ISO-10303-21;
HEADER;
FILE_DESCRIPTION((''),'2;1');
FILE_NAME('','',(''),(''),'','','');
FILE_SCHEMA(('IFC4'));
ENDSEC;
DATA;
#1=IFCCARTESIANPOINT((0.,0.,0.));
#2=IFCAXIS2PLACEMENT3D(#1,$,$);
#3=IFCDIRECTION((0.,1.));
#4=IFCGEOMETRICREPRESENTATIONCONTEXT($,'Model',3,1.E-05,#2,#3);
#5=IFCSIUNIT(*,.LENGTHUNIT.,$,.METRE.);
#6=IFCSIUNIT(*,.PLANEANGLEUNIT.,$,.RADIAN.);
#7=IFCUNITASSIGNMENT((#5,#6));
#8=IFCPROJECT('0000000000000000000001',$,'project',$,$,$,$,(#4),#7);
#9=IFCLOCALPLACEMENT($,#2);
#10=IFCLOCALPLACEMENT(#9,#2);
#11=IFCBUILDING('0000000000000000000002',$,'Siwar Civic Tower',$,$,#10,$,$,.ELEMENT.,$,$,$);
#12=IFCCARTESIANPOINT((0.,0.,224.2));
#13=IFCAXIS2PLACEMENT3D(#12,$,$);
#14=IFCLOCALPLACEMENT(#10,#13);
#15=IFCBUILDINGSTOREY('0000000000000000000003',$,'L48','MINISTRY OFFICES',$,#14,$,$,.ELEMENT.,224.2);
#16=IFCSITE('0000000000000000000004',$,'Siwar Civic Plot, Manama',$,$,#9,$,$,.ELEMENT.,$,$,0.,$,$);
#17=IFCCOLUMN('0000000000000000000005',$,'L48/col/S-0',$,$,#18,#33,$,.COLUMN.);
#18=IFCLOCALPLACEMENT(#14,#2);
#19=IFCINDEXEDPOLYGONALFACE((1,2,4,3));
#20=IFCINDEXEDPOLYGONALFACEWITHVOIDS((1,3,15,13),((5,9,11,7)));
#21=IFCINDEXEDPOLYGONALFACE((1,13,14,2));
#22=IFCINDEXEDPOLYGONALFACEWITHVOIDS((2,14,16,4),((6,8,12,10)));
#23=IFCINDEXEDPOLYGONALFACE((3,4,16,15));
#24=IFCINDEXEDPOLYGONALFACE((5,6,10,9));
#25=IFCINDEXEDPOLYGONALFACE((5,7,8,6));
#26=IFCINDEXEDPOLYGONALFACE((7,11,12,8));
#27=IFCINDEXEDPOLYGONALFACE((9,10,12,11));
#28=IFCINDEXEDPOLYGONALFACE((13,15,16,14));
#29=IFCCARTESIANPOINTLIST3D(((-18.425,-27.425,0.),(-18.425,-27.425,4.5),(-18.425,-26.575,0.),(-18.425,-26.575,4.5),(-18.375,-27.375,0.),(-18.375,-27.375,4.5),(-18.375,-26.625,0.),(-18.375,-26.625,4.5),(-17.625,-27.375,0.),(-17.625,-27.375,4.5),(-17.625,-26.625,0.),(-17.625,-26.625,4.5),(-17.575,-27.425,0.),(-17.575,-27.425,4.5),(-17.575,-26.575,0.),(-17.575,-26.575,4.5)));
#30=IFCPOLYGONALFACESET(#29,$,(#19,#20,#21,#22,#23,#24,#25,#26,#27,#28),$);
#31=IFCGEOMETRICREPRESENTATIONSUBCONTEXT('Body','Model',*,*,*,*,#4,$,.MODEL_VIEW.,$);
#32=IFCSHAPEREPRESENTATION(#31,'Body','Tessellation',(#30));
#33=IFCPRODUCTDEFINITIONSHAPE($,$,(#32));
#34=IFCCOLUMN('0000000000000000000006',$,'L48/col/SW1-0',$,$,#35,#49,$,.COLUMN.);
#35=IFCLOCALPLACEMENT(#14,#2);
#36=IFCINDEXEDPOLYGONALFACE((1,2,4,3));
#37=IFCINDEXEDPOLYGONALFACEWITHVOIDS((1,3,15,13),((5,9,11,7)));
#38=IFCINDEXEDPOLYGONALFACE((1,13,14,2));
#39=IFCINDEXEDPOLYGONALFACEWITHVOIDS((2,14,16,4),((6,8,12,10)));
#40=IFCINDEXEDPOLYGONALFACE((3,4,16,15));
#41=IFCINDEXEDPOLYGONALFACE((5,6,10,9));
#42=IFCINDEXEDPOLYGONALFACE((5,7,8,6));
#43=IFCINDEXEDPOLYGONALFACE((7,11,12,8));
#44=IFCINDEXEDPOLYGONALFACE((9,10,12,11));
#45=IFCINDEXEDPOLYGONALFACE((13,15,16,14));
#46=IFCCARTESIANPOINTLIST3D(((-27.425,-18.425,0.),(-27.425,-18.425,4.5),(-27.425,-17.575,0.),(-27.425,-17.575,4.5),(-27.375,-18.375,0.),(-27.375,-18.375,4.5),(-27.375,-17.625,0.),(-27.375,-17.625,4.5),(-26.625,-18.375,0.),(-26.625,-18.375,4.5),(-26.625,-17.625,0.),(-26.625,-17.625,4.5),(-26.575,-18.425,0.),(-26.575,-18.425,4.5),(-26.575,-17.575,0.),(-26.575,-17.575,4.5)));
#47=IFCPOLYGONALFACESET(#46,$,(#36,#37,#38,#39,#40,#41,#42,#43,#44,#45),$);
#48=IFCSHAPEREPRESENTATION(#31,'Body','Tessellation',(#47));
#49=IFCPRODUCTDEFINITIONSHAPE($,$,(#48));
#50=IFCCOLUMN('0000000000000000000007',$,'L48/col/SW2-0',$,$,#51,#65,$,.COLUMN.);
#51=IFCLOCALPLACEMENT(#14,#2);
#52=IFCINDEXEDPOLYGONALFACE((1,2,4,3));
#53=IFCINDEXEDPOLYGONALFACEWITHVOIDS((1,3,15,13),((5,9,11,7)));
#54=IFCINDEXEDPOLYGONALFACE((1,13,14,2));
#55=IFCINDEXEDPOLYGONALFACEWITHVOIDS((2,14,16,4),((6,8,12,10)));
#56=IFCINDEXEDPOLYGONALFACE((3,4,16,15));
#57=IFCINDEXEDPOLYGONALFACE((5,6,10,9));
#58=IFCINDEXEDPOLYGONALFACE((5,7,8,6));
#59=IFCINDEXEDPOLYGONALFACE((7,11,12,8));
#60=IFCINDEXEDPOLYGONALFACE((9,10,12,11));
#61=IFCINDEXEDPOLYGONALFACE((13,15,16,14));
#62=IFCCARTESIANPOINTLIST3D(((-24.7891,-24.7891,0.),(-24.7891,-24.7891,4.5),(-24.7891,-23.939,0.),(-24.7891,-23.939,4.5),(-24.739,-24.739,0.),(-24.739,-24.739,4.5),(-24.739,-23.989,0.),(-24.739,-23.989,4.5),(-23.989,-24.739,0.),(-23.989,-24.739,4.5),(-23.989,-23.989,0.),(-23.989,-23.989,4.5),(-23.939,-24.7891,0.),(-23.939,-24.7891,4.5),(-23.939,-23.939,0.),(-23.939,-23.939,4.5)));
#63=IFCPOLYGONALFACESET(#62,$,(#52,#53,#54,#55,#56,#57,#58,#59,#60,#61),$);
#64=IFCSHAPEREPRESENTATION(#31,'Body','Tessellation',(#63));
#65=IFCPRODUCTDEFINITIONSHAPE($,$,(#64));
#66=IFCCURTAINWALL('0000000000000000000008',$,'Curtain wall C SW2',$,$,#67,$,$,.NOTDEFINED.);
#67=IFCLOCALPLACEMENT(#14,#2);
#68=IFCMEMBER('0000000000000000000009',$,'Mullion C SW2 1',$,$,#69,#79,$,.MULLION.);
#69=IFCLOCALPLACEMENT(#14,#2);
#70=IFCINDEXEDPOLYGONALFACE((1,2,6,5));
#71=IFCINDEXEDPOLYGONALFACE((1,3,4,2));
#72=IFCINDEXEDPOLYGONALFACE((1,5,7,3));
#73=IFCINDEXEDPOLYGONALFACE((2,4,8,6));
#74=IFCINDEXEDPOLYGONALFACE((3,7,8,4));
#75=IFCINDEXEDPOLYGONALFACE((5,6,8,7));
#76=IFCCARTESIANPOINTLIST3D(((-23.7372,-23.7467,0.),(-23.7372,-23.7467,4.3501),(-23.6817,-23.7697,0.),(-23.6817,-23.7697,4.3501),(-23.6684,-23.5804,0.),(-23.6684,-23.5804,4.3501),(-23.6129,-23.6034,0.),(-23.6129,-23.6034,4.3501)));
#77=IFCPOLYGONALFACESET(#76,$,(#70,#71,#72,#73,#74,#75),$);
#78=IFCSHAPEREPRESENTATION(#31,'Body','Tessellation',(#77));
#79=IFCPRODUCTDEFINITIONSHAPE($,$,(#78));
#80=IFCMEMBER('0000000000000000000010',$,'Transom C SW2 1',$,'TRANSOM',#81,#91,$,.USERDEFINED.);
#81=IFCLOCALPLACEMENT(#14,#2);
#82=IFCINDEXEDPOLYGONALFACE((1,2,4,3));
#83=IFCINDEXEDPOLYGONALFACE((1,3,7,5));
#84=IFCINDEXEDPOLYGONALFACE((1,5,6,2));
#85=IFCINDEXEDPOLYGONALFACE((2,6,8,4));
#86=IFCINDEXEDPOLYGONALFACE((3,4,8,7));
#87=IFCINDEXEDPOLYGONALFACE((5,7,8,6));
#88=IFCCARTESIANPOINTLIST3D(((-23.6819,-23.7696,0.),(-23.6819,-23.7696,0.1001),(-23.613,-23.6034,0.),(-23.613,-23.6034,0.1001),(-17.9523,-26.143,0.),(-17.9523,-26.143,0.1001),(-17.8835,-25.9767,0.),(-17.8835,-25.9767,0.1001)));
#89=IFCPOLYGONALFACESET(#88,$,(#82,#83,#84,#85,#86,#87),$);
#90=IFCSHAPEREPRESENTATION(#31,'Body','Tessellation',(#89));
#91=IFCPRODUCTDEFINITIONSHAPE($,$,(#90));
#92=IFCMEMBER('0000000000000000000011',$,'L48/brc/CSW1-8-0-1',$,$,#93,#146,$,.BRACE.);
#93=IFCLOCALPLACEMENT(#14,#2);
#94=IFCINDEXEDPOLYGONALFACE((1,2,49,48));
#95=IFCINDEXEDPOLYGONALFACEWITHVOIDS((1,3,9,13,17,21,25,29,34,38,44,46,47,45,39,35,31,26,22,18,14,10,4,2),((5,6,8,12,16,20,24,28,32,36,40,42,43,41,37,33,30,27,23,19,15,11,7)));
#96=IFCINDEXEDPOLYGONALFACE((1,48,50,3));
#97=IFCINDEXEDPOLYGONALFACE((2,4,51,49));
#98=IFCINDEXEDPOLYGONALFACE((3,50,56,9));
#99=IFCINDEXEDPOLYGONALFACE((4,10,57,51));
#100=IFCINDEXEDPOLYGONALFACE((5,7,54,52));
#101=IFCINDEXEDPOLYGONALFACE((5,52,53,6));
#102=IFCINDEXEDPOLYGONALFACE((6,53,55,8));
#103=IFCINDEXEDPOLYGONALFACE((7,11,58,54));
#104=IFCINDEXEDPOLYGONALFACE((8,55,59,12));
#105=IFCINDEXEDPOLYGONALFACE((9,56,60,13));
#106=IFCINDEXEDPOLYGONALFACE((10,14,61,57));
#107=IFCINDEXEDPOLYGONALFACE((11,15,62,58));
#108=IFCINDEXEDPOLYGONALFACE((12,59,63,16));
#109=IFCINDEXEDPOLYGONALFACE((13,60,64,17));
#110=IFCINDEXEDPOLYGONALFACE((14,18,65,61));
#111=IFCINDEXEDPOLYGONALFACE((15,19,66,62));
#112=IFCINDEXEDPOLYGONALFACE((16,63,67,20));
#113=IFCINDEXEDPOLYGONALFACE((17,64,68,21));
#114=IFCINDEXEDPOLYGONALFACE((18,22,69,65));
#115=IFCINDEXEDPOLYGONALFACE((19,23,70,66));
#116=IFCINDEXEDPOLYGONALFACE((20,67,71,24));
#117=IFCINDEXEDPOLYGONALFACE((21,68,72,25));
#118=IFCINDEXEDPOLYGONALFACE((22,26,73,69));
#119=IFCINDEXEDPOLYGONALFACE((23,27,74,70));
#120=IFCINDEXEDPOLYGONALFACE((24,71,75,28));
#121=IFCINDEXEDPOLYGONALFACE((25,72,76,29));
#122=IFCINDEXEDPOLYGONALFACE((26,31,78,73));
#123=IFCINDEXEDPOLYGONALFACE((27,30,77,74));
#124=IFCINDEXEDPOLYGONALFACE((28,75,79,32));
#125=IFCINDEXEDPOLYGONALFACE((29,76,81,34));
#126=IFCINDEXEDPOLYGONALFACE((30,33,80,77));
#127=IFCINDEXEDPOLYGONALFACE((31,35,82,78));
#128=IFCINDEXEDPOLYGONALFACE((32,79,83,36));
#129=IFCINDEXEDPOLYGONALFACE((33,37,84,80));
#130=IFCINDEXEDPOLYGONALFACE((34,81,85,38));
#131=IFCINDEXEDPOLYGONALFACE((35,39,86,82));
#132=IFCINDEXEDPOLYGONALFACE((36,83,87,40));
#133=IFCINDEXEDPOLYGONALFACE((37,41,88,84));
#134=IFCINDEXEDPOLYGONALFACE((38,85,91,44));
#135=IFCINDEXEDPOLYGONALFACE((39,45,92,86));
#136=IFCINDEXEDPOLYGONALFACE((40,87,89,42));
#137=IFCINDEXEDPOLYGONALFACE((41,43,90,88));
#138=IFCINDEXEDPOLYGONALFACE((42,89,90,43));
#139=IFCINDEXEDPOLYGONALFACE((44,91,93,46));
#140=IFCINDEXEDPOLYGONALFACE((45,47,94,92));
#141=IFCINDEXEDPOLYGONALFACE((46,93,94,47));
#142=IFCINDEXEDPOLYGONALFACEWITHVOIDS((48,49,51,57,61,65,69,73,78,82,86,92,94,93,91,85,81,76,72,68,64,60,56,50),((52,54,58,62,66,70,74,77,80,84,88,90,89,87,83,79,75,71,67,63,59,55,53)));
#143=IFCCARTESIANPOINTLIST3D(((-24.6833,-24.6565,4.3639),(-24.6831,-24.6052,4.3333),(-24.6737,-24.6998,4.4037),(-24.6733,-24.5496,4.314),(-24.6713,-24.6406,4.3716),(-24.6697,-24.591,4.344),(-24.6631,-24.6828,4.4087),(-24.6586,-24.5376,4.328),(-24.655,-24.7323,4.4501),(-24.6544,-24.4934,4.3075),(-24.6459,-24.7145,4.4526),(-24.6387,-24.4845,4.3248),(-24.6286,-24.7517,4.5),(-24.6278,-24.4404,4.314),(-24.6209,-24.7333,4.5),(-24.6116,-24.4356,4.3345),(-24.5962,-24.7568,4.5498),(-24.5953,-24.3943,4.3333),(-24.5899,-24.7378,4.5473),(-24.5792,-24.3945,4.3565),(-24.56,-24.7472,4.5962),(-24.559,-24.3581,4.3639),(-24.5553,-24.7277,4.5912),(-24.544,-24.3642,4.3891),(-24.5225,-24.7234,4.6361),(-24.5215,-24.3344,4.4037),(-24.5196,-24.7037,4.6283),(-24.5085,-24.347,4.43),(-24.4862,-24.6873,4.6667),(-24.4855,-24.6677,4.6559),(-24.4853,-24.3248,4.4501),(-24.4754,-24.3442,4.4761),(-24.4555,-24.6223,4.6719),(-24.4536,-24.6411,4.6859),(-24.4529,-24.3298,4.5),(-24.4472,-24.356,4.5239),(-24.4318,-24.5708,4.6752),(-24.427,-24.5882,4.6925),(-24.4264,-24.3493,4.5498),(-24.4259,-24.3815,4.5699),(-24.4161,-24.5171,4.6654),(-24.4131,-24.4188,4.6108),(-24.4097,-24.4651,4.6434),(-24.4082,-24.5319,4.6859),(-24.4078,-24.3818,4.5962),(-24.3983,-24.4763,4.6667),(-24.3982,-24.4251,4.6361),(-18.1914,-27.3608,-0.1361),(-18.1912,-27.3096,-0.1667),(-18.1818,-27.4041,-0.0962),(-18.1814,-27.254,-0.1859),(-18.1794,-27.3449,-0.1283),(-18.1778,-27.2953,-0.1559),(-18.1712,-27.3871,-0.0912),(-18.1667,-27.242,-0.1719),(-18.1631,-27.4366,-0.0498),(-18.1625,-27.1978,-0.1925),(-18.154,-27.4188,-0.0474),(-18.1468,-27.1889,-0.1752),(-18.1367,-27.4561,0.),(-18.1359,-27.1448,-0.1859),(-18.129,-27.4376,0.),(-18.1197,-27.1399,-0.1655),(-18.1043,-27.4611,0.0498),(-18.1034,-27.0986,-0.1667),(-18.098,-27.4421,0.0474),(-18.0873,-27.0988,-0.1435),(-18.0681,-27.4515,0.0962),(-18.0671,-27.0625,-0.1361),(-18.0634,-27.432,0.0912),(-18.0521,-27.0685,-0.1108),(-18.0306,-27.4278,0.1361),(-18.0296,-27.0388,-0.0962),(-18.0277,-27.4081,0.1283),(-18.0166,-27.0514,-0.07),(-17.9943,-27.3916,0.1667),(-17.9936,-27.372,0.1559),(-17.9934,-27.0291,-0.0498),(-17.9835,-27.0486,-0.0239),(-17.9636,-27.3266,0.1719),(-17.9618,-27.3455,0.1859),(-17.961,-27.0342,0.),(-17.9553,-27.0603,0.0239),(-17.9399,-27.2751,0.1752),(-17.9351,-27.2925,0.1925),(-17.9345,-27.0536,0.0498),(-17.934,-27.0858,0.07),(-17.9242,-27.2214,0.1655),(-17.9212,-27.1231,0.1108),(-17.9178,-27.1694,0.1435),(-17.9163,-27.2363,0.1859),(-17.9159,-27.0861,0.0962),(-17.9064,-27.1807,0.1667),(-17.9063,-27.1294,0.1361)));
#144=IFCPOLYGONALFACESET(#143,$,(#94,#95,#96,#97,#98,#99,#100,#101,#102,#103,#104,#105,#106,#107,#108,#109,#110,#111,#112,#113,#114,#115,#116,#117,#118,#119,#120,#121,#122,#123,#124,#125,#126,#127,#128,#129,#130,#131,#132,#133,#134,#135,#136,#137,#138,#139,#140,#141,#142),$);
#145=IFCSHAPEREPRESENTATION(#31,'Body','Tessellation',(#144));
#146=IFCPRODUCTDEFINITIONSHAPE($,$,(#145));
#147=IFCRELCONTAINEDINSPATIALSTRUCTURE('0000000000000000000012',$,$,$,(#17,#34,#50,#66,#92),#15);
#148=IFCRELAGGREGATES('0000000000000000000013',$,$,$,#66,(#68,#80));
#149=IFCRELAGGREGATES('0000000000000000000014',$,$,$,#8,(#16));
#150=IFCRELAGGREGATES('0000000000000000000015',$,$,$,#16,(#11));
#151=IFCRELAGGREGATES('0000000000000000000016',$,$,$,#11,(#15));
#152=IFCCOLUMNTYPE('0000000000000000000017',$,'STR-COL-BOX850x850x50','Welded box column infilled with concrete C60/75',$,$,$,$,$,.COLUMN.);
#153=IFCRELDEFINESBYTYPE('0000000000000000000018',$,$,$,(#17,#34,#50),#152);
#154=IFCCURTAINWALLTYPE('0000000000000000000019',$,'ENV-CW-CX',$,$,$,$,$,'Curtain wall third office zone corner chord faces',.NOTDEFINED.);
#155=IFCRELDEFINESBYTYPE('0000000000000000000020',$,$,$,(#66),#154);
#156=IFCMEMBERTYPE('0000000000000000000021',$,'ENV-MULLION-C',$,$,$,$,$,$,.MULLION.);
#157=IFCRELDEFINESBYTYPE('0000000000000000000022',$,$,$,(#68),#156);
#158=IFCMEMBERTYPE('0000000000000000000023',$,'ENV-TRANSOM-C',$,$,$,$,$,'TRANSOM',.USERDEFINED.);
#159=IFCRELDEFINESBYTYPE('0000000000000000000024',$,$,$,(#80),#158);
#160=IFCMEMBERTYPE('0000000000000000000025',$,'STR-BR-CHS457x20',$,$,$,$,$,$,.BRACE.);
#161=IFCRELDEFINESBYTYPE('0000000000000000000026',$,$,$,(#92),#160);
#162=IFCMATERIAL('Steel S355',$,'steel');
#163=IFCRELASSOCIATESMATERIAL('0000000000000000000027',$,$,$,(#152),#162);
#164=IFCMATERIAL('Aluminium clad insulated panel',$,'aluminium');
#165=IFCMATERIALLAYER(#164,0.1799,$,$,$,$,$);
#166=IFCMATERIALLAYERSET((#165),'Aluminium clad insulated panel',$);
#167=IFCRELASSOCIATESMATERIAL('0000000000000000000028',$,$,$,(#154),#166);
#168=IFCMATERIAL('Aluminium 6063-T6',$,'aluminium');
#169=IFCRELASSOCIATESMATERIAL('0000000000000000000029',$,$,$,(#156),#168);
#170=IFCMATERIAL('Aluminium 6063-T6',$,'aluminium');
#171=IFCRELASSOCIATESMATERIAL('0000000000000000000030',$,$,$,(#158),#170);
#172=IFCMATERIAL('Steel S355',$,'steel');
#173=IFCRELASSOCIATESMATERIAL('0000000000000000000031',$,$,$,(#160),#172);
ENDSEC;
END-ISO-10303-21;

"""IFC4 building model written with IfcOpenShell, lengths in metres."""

from ifc_helpers import new_model, si_unit, direction, frame, origin, origin_2d, place, context, subcontext, project, spatial, rectangle, hollow_rectangle, hollow_circle, extrude, material, layer, layer_set, material_profile, profile_set, type_object, element, aggregate, save


model = new_model("IFC4")

# Units and contexts
model_context = context("Model", 3, precision=1e-05, world=origin(), true_north=direction((0.0, 1.0)))
body_context = subcontext(model_context, "Body", "Model", "MODEL_VIEW")
ifc_project = project(units=[si_unit("LENGTHUNIT", "METRE"), si_unit("PLANEANGLEUNIT", "RADIAN")], contexts=[model_context])

# Site, building, storey
site_placement = place(None, origin())
site = spatial("IfcSite", under=ifc_project, at=site_placement, Name="Siwar Civic Plot, Manama", CompositionType="ELEMENT", RefElevation=0.0)
building_placement = place(site_placement, origin())
building = spatial("IfcBuilding", under=site, at=building_placement, Name="Siwar Civic Tower", CompositionType="ELEMENT")
storey_placement = place(building_placement, frame((0.0, 0.0, 224.2)))
storey = spatial("IfcBuildingStorey", under=building, at=storey_placement, Name="L48", Description="MINISTRY OFFICES", CompositionType="ELEMENT", Elevation=224.2)

# Columns
ifc_material_1 = material(Name="Steel S355", Category="steel")
ifc_material_profile_1 = material_profile(ifc_material_1, hollow_rectangle(XDim=0.8501, YDim=0.8501, WallThickness=0.05, at=origin_2d()), Name="BOX850x850x50")
ifc_profile_set_1 = profile_set([ifc_material_profile_1], Name="Steel S355")
column_type = type_object("IfcColumnType", Name="STR-COL-BOX850x850x50", Description="Welded box column infilled with concrete C60/75", PredefinedType="COLUMN", material=ifc_profile_set_1)
for number, where, z_axis, x_axis, name in (
    (1, (-18.0, -27.0, 0.0), (0.0, 0.0, 1.0), (1.0, 0.0, 0.0), "L48/col/S-0"),
    (2, (-27.0, -18.0, 0.0), (0.0, 0.0, 1.0), (1.0, 0.0, 0.0), "L48/col/SW1-0"),
    (3, (-24.364, -24.364, 0.0), (0.0, 0.0, 1.0), (1.0, 0.0, 0.0), "L48/col/SW2-0"),
):
    element("IfcColumn", number, at=place(storey_placement, frame(where, z_axis=z_axis, x_axis=x_axis)), inside=storey, type_object=column_type, Name=name, PredefinedType="COLUMN", context=body_context, shape_type="SweptSolid", body=[
        extrude(hollow_rectangle(XDim=0.8501, YDim=0.8501, WallThickness=0.05, at=origin_2d()), origin(), (0.0, 0.0, 1.0), 4.5),
    ])

# Curtain wall, members
ifc_material_2 = material(Name="Aluminium clad insulated panel", Category="aluminium")
ifc_layer_1 = layer(ifc_material_2, 0.1799)
ifc_layer_set_1 = layer_set([ifc_layer_1], Name="Aluminium clad insulated panel")
curtain_wall_type = type_object("IfcCurtainWallType", Name="ENV-CW-CX", ElementType="Curtain wall third office zone corner chord faces", PredefinedType="NOTDEFINED", material=ifc_layer_set_1)
curtain_wall_1_placement = place(storey_placement, origin())
curtain_wall_1 = element("IfcCurtainWall", 4, at=curtain_wall_1_placement, inside=storey, type_object=curtain_wall_type, Name="Curtain wall C SW2", PredefinedType="NOTDEFINED")
ifc_material_3 = material(Name="Aluminium 6063-T6", Category="aluminium")
ifc_material_profile_2 = material_profile(ifc_material_3, rectangle(XDim=0.1799, YDim=0.0601, at=origin_2d()), Name="AL 180x60")
ifc_profile_set_2 = profile_set([ifc_material_profile_2], Name="Aluminium 6063-T6")
member_type_1 = type_object("IfcMemberType", Name="ENV-MULLION-C", PredefinedType="MULLION", material=ifc_profile_set_2)
member_1_placement = place(storey_placement, frame((-23.675, -23.675, 0.0), z_axis=(0.0, 0.0, 1.0), x_axis=(0.382683, 0.92388, 0.0)))
member_1 = element("IfcMember", 5, at=member_1_placement, type_object=member_type_1, Name="Mullion C SW2 1", PredefinedType="MULLION", context=body_context, shape_type="SweptSolid", body=[
    extrude(rectangle(XDim=0.1799, YDim=0.0601, at=origin_2d()), origin(), (0.0, 0.0, 1.0), 4.3501),
])
ifc_material_4 = material(Name="Aluminium 6063-T6", Category="aluminium")
ifc_material_profile_3 = material_profile(ifc_material_4, rectangle(XDim=0.1799, YDim=0.1001, at=origin_2d()), Name="AL 180x100")
ifc_profile_set_3 = profile_set([ifc_material_profile_3], Name="Aluminium 6063-T6")
member_type_2 = type_object("IfcMemberType", Name="ENV-TRANSOM-C", ElementType="TRANSOM", PredefinedType="USERDEFINED", material=ifc_profile_set_3)
member_2_placement = place(storey_placement, frame((-23.6475, -23.6865, 0.05), z_axis=(0.923876, -0.382691, 0.0), x_axis=(0.382691, 0.923876, 0.0)))
member_2 = element("IfcMember", 6, at=member_2_placement, type_object=member_type_2, Name="Transom C SW2 1", ObjectType="TRANSOM", PredefinedType="USERDEFINED", context=body_context, shape_type="SweptSolid", body=[
    extrude(rectangle(XDim=0.1799, YDim=0.1001, at=origin_2d()), origin(), (0.0, 0.0, 1.0), 6.2017),
])

# Member
ifc_material_5 = material(Name="Steel S355", Category="steel")
ifc_material_profile_4 = material_profile(ifc_material_5, hollow_circle(Radius=0.2285, WallThickness=0.02, at=origin_2d()), Name="CHS457x20")
ifc_profile_set_4 = profile_set([ifc_material_profile_4], Name="Steel S355")
member_type_3 = type_object("IfcMemberType", Name="STR-BR-CHS457x20", PredefinedType="BRACE", material=ifc_profile_set_4)
member_3_placement = place(storey_placement, frame((-18.0488, -27.2451, 0.0), z_axis=(-0.777555, 0.323906, 0.538975), x_axis=(-0.384539, -0.923109, 0.0)))
element("IfcMember", 7, at=member_3_placement, inside=storey, type_object=member_type_3, Name="L48/brc/CSW1-8-0-1", PredefinedType="BRACE", context=body_context, shape_type="SweptSolid", body=[
    extrude(hollow_circle(Radius=0.2285, WallThickness=0.02, at=origin_2d()), origin(), (0.0, 0.0, 1.0), 8.3491),
])

aggregate(curtain_wall_1, [member_1, member_2])

save(model, "model.ifc")
